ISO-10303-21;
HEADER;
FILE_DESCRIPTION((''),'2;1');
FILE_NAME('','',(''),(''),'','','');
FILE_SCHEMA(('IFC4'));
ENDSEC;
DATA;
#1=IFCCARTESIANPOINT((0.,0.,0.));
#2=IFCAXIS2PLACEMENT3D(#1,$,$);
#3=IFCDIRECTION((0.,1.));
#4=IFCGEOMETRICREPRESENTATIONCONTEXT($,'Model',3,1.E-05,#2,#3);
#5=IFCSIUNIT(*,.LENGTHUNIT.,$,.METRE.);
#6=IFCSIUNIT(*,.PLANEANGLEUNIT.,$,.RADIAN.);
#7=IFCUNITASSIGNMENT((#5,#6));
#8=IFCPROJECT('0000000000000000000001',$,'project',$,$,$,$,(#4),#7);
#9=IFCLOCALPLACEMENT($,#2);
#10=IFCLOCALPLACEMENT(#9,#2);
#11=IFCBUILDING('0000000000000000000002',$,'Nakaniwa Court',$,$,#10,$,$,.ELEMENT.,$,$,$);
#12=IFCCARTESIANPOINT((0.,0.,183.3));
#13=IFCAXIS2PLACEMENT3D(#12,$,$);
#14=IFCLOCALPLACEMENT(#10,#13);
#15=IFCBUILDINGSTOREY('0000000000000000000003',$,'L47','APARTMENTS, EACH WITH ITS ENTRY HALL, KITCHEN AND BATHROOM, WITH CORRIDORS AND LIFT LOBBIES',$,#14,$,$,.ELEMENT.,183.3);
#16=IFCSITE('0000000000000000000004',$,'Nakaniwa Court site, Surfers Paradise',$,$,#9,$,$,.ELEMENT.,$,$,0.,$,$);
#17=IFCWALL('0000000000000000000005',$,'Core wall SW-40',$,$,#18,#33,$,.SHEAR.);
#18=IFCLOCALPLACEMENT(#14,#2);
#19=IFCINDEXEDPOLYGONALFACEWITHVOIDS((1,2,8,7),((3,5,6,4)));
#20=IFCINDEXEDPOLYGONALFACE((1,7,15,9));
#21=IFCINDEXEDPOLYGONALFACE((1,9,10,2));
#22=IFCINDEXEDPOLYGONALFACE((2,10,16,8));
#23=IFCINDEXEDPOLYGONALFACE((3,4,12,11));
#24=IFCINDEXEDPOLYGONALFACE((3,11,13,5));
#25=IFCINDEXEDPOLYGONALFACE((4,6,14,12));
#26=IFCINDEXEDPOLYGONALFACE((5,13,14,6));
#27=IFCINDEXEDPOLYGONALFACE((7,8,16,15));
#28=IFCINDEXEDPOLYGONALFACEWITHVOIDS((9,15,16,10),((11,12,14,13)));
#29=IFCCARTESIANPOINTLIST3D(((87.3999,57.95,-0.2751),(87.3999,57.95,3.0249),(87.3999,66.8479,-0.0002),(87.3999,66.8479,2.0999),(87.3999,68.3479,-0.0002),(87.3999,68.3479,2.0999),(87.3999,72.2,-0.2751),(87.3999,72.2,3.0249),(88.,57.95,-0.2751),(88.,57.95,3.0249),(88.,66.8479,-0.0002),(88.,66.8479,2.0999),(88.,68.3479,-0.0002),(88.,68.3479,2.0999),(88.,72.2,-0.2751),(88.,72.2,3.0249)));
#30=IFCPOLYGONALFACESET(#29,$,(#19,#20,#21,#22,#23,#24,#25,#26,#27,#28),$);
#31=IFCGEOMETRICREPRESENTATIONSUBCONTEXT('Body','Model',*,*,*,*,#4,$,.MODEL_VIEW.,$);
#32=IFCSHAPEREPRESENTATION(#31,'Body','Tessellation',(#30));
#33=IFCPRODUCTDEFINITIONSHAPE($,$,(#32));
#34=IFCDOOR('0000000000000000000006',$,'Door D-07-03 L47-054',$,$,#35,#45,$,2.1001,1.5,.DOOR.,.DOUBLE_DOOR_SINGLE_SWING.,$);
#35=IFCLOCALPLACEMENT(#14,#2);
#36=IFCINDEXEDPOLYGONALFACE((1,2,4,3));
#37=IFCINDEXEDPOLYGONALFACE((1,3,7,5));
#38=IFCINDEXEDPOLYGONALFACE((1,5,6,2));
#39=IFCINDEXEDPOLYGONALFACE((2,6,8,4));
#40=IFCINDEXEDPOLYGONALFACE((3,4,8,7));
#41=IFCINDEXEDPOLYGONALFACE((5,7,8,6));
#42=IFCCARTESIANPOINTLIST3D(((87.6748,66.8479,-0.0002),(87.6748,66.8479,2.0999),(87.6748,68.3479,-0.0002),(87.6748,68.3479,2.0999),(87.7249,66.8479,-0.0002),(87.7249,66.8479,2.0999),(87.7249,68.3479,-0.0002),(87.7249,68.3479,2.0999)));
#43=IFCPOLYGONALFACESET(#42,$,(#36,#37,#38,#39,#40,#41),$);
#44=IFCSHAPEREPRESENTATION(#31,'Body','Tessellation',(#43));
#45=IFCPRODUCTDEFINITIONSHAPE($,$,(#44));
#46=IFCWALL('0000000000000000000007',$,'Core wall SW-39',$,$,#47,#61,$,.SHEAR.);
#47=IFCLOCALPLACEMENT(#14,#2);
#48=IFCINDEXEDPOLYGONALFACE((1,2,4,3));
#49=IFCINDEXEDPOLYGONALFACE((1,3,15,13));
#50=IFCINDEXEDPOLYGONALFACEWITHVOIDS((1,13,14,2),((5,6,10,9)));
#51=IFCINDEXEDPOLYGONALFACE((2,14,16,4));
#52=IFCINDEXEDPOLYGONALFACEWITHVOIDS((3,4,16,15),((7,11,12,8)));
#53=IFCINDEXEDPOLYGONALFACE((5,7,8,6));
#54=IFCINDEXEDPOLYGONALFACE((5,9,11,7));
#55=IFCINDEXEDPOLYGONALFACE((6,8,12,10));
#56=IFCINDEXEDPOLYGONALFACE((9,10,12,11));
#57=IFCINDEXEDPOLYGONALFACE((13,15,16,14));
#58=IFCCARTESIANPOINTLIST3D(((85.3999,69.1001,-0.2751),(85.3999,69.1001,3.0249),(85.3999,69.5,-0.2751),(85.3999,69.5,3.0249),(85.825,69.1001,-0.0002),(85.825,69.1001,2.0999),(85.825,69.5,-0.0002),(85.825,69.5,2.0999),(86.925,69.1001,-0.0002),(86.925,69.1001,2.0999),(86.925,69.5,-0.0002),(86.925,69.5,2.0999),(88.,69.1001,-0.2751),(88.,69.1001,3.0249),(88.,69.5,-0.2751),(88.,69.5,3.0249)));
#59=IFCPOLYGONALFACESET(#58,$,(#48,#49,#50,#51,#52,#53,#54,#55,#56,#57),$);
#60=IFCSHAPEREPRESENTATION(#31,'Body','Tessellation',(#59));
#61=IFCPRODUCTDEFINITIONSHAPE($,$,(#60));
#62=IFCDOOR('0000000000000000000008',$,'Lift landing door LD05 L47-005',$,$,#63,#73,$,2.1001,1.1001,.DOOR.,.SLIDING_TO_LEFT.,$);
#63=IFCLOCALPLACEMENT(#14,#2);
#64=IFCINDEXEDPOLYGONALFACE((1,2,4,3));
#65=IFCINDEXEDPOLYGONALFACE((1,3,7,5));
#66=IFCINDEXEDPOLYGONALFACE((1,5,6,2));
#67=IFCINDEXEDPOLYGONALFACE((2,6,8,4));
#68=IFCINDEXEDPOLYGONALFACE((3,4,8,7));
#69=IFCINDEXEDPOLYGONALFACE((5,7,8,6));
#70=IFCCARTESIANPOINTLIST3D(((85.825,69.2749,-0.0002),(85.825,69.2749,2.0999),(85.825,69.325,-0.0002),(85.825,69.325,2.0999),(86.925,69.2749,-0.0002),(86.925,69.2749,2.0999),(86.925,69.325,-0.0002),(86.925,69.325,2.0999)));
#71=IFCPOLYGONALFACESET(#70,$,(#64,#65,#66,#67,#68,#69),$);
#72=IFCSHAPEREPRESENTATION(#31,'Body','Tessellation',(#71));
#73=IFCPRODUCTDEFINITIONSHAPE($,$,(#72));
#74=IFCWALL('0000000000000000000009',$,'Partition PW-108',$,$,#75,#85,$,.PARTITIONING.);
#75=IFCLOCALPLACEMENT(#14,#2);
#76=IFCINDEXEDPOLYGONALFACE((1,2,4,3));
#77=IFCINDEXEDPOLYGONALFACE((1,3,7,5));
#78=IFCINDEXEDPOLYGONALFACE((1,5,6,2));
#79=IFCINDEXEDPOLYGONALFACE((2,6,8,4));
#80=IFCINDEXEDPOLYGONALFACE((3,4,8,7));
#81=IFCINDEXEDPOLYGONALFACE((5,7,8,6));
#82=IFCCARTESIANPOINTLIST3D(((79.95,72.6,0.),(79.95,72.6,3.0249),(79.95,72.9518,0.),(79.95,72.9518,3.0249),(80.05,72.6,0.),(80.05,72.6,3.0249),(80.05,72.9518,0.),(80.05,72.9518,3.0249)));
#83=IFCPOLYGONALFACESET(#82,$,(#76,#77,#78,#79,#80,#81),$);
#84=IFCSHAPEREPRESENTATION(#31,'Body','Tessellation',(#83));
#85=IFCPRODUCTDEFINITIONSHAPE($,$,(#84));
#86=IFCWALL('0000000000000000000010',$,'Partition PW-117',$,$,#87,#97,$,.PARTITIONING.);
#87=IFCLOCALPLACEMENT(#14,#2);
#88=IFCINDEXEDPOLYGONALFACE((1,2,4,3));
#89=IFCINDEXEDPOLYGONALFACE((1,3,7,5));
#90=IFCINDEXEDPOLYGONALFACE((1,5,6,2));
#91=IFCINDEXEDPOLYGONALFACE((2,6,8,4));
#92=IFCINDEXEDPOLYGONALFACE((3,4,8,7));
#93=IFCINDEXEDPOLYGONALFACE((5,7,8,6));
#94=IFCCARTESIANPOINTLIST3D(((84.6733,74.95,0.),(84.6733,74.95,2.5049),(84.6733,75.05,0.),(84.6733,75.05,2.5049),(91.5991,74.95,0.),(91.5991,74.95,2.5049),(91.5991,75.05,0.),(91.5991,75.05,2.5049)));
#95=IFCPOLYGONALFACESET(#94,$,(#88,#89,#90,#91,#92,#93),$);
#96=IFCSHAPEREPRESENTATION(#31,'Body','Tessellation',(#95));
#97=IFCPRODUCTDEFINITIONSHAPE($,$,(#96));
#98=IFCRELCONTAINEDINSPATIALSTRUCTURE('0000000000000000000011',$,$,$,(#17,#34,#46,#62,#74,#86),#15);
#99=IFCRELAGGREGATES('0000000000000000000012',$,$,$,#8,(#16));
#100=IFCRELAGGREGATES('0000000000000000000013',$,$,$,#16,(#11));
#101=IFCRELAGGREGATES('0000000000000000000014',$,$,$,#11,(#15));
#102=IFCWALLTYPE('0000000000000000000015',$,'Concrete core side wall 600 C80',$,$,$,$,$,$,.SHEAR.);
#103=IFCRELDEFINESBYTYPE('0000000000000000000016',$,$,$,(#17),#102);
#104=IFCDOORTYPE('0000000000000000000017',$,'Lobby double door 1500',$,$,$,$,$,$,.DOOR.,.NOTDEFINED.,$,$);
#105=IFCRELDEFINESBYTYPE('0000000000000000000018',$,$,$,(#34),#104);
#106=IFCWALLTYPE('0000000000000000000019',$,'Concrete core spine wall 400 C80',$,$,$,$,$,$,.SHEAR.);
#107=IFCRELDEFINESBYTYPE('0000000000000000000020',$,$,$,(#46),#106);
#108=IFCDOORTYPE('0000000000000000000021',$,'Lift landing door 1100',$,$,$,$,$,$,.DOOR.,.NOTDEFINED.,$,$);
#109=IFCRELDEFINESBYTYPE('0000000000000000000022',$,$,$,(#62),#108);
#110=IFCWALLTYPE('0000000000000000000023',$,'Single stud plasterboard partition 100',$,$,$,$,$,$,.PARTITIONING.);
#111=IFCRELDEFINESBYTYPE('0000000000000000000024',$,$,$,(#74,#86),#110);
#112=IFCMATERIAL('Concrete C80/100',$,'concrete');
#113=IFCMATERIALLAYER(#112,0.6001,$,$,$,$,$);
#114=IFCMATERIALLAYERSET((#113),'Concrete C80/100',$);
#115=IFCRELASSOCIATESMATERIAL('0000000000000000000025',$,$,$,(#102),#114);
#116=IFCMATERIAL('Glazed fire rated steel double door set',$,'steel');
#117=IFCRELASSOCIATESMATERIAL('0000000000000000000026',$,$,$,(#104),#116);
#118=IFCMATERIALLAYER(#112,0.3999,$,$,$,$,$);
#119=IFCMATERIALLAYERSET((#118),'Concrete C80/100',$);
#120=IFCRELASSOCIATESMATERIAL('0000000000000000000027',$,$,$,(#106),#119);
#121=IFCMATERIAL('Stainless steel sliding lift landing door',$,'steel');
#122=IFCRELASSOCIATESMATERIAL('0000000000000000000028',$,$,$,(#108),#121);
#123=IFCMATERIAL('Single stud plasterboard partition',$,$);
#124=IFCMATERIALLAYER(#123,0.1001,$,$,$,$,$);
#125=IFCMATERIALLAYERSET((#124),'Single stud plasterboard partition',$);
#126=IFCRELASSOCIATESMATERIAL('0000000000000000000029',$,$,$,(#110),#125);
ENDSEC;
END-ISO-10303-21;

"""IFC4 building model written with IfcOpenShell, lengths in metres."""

from ifc_helpers import new_model, si_unit, direction, frame, frame_2d, origin, place, context, subcontext, project, spatial, rectangle, extrude, material, layer, layer_set, type_object, element, fill, save


model = new_model("IFC4")

# Units and contexts
model_context = context("Model", 3, precision=1e-05, world=origin(), true_north=direction((0.0, 1.0)))
body_context = subcontext(model_context, "Body", "Model", "MODEL_VIEW")
ifc_project = project(units=[si_unit("LENGTHUNIT", "METRE"), si_unit("PLANEANGLEUNIT", "RADIAN")], contexts=[model_context])

# Site, building, storey
site_placement = place(None, origin())
site = spatial("IfcSite", under=ifc_project, at=site_placement, Name="Nakaniwa Court site, Surfers Paradise", CompositionType="ELEMENT", RefElevation=0.0)
building_placement = place(site_placement, origin())
building = spatial("IfcBuilding", under=site, at=building_placement, Name="Nakaniwa Court", CompositionType="ELEMENT")
storey_placement = place(building_placement, frame((0.0, 0.0, 183.3)))
storey = spatial("IfcBuildingStorey", under=building, at=storey_placement, Name="L47", Description="APARTMENTS, EACH WITH ITS ENTRY HALL, KITCHEN AND BATHROOM, WITH CORRIDORS AND LIFT LOBBIES", CompositionType="ELEMENT", Elevation=183.3)

# Shared definitions
ifc_material_1 = material(Name="Concrete C80/100", Category="concrete")

# Walls, openings, doors
ifc_layer_1 = layer(ifc_material_1, 0.6001)
ifc_layer_set_1 = layer_set([ifc_layer_1], Name="Concrete C80/100")
wall_type_1 = type_object("IfcWallType", Name="Concrete core side wall 600 C80", PredefinedType="SHEAR", material=ifc_layer_set_1)
wall_1_placement = place(storey_placement, frame((87.7, 72.2, -0.2751), z_axis=(0.0, 0.0, 1.0), x_axis=(0.0, -1.0, 0.0)))
wall_1 = element("IfcWall", 1, at=wall_1_placement, inside=storey, type_object=wall_type_1, Name="Core wall SW-40", PredefinedType="SHEAR", context=body_context, shape_type="SweptSolid", body=[
    extrude(rectangle(XDim=14.25, YDim=0.6001, at=frame_2d((7.125, 0.0))), origin(), (0.0, 0.0, 1.0), 3.3),
])
opening_1_placement = place(wall_1_placement, frame((3.8521, 0.0, 0.2749)))
opening_1 = element("IfcOpeningElement", 2, at=opening_1_placement, cuts=wall_1, PredefinedType="OPENING", context=body_context, shape_type="SweptSolid", body=[
    extrude(rectangle(XDim=1.5, YDim=2.1001, at=frame_2d((0.75, 1.05))), frame((0.0, 0.3101, 0.0), z_axis=(0.0, -1.0, 0.0), x_axis=(1.0, 0.0, 0.0)), (0.0, 0.0, 1.0), 0.6201),
])
ifc_material_2 = material(Name="Glazed fire rated steel double door set", Category="steel")
door_type_1 = type_object("IfcDoorType", Name="Lobby double door 1500", OperationType="NOTDEFINED", PredefinedType="DOOR", material=ifc_material_2)
door_1_placement = place(opening_1_placement, origin())
door_1 = element("IfcDoor", 3, at=door_1_placement, inside=storey, type_object=door_type_1, Name="Door D-07-03 L47-054", OperationType="DOUBLE_DOOR_SINGLE_SWING", OverallHeight=2.1001, OverallWidth=1.5, PredefinedType="DOOR", context=body_context, shape_type="SweptSolid", body=[
    extrude(rectangle(XDim=1.5, YDim=2.1001, at=frame_2d((0.75, 1.05))), frame((0.0, 0.0249, 0.0), z_axis=(0.0, -1.0, 0.0), x_axis=(1.0, 0.0, 0.0)), (0.0, 0.0, 1.0), 0.05),
])
fill(opening_1, door_1)
ifc_layer_2 = layer(ifc_material_1, 0.3999)
ifc_layer_set_2 = layer_set([ifc_layer_2], Name="Concrete C80/100")
wall_type_2 = type_object("IfcWallType", Name="Concrete core spine wall 400 C80", PredefinedType="SHEAR", material=ifc_layer_set_2)
wall_2_placement = place(storey_placement, frame((85.3999, 69.3, -0.2751), z_axis=(0.0, 0.0, 1.0), x_axis=(1.0, 0.0, 0.0)))
wall_2 = element("IfcWall", 4, at=wall_2_placement, inside=storey, type_object=wall_type_2, Name="Core wall SW-39", PredefinedType="SHEAR", context=body_context, shape_type="SweptSolid", body=[
    extrude(rectangle(XDim=2.6001, YDim=0.3999, at=frame_2d((1.3, 0.0))), origin(), (0.0, 0.0, 1.0), 3.3),
])
opening_2_placement = place(wall_2_placement, frame((0.425, 0.0, 0.2749)))
opening_2 = element("IfcOpeningElement", 5, at=opening_2_placement, cuts=wall_2, PredefinedType="OPENING", context=body_context, shape_type="SweptSolid", body=[
    extrude(rectangle(XDim=1.1001, YDim=2.1001, at=frame_2d((0.55, 1.05))), frame((0.0, 0.21, 0.0), z_axis=(0.0, -1.0, 0.0), x_axis=(1.0, 0.0, 0.0)), (0.0, 0.0, 1.0), 0.4199),
])
ifc_material_3 = material(Name="Stainless steel sliding lift landing door", Category="steel")
door_type_2 = type_object("IfcDoorType", Name="Lift landing door 1100", OperationType="NOTDEFINED", PredefinedType="DOOR", material=ifc_material_3)
door_2_placement = place(opening_2_placement, origin())
door_2 = element("IfcDoor", 6, at=door_2_placement, inside=storey, type_object=door_type_2, Name="Lift landing door LD05 L47-005", OperationType="SLIDING_TO_LEFT", OverallHeight=2.1001, OverallWidth=1.1001, PredefinedType="DOOR", context=body_context, shape_type="SweptSolid", body=[
    extrude(rectangle(XDim=1.1001, YDim=2.1001, at=frame_2d((0.55, 1.05))), frame((0.0, 0.0249, 0.0), z_axis=(0.0, -1.0, 0.0), x_axis=(1.0, 0.0, 0.0)), (0.0, 0.0, 1.0), 0.05),
])
fill(opening_2, door_2)

# Walls
ifc_material_4 = material(Name="Single stud plasterboard partition")
ifc_layer_3 = layer(ifc_material_4, 0.1001)
ifc_layer_set_3 = layer_set([ifc_layer_3], Name="Single stud plasterboard partition")
wall_type_3 = type_object("IfcWallType", Name="Single stud plasterboard partition 100", PredefinedType="PARTITIONING", material=ifc_layer_set_3)
wall_3_placement = place(storey_placement, frame((80.0, 72.6001, 0.0), z_axis=(0.0, 0.0, 1.0), x_axis=(0.0, 1.0, 0.0)))
element("IfcWall", 7, at=wall_3_placement, inside=storey, type_object=wall_type_3, Name="Partition PW-108", PredefinedType="PARTITIONING", context=body_context, shape_type="SweptSolid", body=[
    extrude(rectangle(XDim=0.3518, YDim=0.1001, at=frame_2d((0.1758, 0.0))), origin(), (0.0, 0.0, 1.0), 3.0249),
])
wall_4_placement = place(storey_placement, frame((84.6733, 75.0, 0.0), z_axis=(0.0, 0.0, 1.0), x_axis=(1.0, 0.0, 0.0)))
element("IfcWall", 8, at=wall_4_placement, inside=storey, type_object=wall_type_3, Name="Partition PW-117", PredefinedType="PARTITIONING", context=body_context, shape_type="SweptSolid", body=[
    extrude(rectangle(XDim=6.9258, YDim=0.1001, at=frame_2d((3.4629, 0.0))), origin(), (0.0, 0.0, 1.0), 2.5049),
])

save(model, "model.ifc")
